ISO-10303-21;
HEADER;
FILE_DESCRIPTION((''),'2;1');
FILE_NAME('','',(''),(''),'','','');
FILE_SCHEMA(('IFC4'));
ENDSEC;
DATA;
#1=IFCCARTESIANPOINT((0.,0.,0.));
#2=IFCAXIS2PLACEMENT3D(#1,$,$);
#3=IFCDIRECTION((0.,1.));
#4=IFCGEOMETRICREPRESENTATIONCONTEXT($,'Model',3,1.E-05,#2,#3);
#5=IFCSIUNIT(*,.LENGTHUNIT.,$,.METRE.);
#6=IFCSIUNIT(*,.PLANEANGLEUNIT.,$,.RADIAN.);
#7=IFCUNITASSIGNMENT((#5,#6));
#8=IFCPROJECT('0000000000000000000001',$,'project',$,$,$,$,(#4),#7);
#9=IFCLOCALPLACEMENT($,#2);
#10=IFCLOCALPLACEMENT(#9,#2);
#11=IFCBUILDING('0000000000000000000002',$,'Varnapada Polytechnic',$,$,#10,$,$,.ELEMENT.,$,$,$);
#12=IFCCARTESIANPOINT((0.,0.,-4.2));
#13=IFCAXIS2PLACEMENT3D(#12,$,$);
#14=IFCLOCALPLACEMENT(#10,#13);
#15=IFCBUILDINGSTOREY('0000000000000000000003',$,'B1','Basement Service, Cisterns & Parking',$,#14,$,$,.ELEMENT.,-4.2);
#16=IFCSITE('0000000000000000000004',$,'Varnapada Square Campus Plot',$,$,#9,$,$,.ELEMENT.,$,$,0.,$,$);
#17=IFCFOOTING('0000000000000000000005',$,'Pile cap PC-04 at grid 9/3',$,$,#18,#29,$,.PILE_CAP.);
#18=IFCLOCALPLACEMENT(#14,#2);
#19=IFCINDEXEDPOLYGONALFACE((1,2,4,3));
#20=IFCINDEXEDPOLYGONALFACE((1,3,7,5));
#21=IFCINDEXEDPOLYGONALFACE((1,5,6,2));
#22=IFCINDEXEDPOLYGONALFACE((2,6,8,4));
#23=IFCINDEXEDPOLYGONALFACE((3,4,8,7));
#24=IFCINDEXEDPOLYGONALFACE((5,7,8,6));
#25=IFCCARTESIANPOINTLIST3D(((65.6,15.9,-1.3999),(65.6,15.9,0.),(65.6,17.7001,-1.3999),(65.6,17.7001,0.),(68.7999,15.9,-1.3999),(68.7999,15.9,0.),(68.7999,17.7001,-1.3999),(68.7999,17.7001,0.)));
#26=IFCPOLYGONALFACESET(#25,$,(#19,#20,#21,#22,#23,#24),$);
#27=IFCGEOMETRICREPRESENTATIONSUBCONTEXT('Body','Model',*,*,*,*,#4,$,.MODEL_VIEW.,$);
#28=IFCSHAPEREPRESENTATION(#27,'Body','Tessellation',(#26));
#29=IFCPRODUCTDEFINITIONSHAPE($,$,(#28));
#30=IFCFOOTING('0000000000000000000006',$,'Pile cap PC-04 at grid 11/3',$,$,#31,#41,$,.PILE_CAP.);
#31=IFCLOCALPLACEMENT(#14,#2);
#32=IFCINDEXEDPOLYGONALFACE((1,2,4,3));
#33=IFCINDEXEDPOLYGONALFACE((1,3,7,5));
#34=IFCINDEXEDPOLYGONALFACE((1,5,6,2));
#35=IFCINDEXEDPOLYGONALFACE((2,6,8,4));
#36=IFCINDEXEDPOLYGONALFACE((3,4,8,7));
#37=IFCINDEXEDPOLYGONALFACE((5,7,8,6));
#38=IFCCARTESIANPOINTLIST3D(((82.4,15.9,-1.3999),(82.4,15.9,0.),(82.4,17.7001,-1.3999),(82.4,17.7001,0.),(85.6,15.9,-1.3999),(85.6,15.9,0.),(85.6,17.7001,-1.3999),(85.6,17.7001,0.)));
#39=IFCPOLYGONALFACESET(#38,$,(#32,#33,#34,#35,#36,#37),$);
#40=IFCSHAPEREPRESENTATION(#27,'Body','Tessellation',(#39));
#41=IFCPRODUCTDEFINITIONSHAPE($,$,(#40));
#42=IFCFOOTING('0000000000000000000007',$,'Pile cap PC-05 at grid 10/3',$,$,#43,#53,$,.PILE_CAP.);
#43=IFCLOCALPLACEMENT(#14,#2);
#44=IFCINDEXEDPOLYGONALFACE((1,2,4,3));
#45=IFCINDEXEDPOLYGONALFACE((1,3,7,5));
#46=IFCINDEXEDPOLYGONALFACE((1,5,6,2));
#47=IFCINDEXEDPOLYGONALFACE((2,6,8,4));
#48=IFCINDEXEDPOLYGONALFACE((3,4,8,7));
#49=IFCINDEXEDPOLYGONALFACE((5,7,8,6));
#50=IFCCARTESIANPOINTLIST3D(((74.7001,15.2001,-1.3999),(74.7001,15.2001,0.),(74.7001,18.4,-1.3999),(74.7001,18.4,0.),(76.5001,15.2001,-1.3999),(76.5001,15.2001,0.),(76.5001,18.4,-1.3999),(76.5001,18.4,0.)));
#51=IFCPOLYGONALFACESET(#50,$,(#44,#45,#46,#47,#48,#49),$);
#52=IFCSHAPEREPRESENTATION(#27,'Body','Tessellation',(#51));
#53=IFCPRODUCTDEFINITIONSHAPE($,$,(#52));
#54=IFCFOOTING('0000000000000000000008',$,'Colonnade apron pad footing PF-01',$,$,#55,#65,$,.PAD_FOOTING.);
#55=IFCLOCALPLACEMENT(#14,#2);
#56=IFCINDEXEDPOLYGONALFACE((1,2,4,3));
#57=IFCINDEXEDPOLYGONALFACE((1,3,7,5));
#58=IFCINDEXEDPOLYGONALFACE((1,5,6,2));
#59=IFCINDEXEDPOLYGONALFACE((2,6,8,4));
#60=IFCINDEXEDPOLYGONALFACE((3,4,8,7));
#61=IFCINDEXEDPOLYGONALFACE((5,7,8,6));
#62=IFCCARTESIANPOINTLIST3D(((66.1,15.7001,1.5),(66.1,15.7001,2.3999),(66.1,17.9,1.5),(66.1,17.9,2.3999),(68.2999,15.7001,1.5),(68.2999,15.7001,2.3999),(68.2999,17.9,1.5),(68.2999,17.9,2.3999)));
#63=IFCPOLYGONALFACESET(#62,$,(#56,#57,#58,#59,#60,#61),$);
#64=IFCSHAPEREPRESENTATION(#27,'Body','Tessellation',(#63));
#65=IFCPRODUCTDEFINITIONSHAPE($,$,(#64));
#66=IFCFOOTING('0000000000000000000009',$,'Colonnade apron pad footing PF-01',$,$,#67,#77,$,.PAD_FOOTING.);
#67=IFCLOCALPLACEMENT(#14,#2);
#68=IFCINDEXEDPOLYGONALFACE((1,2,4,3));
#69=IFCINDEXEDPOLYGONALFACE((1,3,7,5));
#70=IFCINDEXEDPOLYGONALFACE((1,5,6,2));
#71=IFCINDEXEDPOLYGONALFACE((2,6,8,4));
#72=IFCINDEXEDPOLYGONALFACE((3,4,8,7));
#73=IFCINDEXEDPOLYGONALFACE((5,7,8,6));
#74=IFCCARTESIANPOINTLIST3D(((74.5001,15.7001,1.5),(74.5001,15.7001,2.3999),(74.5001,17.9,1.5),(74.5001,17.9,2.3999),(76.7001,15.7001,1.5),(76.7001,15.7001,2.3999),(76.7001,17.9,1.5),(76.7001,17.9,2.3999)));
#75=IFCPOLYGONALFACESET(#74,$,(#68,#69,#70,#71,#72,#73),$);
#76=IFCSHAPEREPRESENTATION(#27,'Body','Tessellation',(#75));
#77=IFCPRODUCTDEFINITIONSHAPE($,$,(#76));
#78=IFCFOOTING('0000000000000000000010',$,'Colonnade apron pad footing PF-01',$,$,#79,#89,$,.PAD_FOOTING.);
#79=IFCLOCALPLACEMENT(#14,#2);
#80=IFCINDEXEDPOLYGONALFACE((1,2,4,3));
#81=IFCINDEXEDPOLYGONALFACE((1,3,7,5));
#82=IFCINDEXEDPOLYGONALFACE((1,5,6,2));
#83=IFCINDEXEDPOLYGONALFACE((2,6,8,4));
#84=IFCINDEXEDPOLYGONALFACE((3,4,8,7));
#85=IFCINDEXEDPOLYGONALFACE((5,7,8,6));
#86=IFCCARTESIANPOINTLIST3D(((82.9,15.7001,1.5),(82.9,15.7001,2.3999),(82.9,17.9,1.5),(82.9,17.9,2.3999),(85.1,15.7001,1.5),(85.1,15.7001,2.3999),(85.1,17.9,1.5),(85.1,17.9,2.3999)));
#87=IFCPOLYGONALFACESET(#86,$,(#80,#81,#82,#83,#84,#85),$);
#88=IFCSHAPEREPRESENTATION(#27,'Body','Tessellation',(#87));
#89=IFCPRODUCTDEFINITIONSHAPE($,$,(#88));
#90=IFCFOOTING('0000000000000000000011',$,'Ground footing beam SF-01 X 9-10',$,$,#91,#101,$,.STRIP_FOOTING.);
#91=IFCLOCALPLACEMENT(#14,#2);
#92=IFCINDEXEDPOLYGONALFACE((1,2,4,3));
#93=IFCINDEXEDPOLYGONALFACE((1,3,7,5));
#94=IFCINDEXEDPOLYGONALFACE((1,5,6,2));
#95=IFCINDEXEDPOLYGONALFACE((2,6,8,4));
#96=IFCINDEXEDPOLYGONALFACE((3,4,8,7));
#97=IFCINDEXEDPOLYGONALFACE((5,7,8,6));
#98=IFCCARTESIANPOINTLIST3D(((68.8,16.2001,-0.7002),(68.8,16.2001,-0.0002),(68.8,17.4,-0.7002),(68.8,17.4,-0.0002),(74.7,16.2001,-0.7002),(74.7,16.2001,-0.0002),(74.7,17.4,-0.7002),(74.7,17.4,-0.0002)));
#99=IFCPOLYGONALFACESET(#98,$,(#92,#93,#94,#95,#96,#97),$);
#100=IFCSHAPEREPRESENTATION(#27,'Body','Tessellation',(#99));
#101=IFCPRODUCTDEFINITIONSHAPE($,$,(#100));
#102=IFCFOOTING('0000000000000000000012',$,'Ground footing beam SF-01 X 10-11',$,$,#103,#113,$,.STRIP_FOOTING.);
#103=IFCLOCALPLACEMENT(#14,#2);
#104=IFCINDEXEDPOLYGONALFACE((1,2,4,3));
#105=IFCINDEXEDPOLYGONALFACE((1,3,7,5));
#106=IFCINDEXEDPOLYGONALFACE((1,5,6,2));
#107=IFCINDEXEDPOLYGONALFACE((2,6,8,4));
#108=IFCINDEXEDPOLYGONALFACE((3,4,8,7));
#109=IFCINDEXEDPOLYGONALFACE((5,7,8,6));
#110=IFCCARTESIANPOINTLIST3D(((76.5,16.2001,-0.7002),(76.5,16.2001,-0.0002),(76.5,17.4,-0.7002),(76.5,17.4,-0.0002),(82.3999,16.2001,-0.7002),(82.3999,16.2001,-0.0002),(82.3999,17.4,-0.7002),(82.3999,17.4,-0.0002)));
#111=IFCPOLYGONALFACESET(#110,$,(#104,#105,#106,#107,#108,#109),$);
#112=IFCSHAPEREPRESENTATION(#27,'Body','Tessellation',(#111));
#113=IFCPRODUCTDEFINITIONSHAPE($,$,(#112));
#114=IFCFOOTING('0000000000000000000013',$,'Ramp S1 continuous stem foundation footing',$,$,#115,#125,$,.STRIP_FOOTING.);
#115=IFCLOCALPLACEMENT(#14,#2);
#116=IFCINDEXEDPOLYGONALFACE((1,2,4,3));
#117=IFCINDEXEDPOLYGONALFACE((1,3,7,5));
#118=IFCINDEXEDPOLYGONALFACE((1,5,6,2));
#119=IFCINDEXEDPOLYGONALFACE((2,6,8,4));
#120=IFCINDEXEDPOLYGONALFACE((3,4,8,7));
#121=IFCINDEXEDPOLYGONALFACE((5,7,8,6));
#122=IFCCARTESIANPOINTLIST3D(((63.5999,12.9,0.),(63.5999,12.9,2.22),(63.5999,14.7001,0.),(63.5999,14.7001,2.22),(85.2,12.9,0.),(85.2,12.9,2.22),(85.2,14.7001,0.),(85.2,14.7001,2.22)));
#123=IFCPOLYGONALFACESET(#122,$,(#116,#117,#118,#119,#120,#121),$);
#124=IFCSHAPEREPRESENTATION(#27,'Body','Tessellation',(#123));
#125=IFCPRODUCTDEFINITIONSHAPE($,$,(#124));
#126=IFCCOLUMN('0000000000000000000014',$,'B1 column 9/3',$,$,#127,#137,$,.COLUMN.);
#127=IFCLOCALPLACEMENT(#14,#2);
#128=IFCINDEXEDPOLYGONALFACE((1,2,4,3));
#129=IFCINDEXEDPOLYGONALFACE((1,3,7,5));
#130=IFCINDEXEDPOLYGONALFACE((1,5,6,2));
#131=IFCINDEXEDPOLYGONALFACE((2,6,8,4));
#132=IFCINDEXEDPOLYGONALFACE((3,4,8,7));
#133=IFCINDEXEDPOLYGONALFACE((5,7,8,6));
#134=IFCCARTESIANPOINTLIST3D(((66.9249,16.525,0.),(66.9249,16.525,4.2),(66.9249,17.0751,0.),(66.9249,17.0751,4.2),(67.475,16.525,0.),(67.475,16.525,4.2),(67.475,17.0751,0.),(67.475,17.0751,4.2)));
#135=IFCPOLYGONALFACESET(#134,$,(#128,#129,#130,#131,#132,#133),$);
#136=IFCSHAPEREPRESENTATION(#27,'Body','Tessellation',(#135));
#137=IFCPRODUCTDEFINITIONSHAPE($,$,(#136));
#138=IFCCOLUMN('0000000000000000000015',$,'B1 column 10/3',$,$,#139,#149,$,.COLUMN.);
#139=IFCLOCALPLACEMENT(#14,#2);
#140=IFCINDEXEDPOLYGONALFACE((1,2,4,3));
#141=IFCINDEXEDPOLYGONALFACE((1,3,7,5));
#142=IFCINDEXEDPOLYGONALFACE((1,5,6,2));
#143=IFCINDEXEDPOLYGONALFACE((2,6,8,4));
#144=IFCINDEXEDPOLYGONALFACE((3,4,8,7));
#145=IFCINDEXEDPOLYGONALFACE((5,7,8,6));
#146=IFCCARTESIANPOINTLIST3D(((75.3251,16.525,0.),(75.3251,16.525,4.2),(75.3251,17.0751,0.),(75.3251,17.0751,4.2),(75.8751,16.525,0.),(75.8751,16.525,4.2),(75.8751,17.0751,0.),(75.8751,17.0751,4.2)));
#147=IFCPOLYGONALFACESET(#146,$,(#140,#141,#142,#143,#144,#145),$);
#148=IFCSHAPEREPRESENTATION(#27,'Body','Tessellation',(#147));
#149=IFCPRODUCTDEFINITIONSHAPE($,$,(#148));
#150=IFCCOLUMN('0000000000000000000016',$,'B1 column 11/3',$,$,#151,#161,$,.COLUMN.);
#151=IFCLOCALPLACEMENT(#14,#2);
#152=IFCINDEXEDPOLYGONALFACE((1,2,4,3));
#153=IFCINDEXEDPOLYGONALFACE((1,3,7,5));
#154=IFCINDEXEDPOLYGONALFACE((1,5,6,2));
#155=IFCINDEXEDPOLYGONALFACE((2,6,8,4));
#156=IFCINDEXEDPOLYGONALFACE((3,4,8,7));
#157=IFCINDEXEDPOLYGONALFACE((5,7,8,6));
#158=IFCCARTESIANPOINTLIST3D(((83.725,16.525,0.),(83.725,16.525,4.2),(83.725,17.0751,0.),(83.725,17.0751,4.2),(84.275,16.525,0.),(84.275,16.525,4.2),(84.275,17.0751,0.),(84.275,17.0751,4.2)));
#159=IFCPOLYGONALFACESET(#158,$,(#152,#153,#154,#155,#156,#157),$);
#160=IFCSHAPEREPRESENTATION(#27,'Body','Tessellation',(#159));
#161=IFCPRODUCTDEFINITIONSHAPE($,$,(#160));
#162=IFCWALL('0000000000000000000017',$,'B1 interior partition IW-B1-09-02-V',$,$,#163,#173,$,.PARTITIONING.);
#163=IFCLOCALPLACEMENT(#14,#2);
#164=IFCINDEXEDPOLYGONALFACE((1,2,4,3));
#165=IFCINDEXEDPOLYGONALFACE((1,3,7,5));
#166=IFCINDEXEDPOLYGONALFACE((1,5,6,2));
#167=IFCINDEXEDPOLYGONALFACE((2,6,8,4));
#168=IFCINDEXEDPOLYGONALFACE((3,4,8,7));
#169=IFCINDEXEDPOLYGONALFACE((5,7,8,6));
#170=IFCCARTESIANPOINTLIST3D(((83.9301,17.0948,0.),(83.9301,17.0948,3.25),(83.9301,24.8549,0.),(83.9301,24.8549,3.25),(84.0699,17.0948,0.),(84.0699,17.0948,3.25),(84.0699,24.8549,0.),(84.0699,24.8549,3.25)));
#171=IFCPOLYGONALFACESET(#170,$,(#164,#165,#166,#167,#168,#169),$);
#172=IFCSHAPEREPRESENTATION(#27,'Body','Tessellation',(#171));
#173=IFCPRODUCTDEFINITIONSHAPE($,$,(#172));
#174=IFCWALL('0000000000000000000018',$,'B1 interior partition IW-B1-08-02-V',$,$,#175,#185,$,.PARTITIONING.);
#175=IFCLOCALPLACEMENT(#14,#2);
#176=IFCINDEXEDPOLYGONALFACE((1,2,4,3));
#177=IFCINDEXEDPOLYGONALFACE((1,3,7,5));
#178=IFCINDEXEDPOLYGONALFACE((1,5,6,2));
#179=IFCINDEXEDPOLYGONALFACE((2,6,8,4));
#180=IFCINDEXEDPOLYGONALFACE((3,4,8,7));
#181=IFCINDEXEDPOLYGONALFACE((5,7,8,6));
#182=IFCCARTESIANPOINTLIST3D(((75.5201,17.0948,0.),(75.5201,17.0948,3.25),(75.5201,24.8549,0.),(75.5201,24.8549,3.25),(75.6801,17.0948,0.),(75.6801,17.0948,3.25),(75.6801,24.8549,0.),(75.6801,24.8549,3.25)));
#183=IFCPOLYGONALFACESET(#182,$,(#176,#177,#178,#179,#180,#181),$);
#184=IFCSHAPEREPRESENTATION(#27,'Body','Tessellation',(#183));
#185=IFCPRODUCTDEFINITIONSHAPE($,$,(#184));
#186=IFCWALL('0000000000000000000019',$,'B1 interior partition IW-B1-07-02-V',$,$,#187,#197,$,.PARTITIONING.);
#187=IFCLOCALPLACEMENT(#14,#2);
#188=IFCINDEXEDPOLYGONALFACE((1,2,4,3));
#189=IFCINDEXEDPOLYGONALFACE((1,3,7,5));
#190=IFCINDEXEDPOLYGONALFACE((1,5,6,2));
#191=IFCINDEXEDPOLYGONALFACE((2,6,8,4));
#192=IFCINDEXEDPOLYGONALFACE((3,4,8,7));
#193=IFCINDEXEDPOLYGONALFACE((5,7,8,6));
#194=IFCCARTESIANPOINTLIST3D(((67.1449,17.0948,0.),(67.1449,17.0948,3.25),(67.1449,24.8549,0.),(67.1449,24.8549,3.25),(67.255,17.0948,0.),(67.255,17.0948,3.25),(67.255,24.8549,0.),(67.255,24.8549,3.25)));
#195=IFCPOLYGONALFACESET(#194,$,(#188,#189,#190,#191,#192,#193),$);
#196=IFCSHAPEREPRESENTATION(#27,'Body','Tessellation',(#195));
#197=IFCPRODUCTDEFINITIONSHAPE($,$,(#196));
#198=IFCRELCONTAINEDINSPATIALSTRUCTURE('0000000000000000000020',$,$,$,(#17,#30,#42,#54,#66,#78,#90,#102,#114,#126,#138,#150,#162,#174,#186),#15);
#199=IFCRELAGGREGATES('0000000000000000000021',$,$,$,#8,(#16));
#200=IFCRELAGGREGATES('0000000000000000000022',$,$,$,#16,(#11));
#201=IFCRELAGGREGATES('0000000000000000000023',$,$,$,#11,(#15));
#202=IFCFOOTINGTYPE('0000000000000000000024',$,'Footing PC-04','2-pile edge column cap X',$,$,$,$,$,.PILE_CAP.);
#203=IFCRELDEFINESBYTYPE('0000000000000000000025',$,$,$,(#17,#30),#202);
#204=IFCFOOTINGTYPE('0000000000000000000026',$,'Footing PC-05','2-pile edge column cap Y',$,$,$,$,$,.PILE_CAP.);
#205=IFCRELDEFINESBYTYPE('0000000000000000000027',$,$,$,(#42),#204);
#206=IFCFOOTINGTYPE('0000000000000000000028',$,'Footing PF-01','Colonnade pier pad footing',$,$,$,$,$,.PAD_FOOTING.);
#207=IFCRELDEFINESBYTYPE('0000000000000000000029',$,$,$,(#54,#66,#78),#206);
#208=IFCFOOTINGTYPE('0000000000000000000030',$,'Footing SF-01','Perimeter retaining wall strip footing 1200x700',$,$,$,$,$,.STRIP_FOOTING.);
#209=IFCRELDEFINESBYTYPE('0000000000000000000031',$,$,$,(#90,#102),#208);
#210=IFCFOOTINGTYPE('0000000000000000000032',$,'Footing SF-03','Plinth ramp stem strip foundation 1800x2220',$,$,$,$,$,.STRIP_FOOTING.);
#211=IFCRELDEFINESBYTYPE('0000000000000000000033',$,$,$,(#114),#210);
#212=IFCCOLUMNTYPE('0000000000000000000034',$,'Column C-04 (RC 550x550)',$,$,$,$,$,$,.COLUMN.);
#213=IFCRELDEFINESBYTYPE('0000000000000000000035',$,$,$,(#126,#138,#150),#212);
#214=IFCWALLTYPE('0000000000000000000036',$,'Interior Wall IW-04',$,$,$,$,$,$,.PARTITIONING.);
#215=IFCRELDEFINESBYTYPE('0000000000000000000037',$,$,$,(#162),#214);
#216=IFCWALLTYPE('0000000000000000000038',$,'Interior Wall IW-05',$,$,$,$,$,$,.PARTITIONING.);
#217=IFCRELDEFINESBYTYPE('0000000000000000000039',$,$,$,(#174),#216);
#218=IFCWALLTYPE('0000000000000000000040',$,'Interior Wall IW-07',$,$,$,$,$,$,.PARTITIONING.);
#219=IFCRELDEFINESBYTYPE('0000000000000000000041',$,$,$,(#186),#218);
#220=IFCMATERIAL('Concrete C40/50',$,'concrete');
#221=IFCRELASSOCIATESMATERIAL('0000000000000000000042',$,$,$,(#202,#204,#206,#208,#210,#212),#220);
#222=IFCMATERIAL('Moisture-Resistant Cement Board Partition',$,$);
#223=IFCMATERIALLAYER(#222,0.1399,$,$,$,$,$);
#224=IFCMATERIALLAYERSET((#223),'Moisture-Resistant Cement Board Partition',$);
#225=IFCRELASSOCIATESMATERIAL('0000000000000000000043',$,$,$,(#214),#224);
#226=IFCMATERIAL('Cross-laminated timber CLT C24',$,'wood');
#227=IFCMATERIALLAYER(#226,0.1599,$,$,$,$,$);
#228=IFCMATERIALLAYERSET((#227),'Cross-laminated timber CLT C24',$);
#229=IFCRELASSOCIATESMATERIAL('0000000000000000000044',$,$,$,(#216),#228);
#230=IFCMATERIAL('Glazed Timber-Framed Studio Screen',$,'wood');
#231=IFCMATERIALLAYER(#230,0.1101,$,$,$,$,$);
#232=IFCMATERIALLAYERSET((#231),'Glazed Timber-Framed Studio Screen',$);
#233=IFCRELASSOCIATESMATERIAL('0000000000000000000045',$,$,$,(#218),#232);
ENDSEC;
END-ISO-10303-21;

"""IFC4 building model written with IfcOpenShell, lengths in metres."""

from ifc_helpers import new_model, si_unit, direction, frame, frame_2d, origin, origin_2d, place, context, subcontext, project, spatial, rectangle, extrude, material, layer, layer_set, material_profile, profile_set, type_object, element, save


model = new_model("IFC4")

# Units and contexts
model_context = context("Model", 3, precision=1e-05, world=origin(), true_north=direction((0.0, 1.0)))
body_context = subcontext(model_context, "Body", "Model", "MODEL_VIEW")
ifc_project = project(units=[si_unit("LENGTHUNIT", "METRE"), si_unit("PLANEANGLEUNIT", "RADIAN")], contexts=[model_context])

# Site, building, storey
site_placement = place(None, origin())
site = spatial("IfcSite", under=ifc_project, at=site_placement, Name="Varnapada Square Campus Plot", CompositionType="ELEMENT", RefElevation=0.0)
building_placement = place(site_placement, origin())
building = spatial("IfcBuilding", under=site, at=building_placement, Name="Varnapada Polytechnic", CompositionType="ELEMENT")
storey_placement = place(building_placement, frame((0.0, 0.0, -4.2)))
storey = spatial("IfcBuildingStorey", under=building, at=storey_placement, Name="B1", Description="Basement Service, Cisterns & Parking", CompositionType="ELEMENT", Elevation=-4.2)

# Shared definitions
ifc_material_1 = material(Name="Concrete C40/50", Category="concrete")

# Footings
footing_type_1 = type_object("IfcFootingType", Name="Footing PC-04", Description="2-pile edge column cap X", PredefinedType="PILE_CAP", material=ifc_material_1)
for number, where, z_axis, x_axis, name in (
    (1, (67.2, 16.8, -1.3999), (0.0, 0.0, 1.0), (1.0, 0.0, 0.0), "Pile cap PC-04 at grid 9/3"),
    (2, (84.0, 16.8, -1.3999), (0.0, 0.0, 1.0), (1.0, 0.0, 0.0), "Pile cap PC-04 at grid 11/3"),
):
    element("IfcFooting", number, at=place(storey_placement, frame(where, z_axis=z_axis, x_axis=x_axis)), inside=storey, type_object=footing_type_1, Name=name, PredefinedType="PILE_CAP", context=body_context, shape_type="SweptSolid", body=[
        extrude(rectangle(XDim=3.2, YDim=1.8, at=origin_2d()), origin(), (0.0, 0.0, 1.0), 1.3999),
    ])
footing_type_2 = type_object("IfcFootingType", Name="Footing PC-05", Description="2-pile edge column cap Y", PredefinedType="PILE_CAP", material=ifc_material_1)
footing_1_placement = place(storey_placement, frame((75.6001, 16.8, -1.3999), z_axis=(0.0, 0.0, 1.0), x_axis=(1.0, 0.0, 0.0)))
element("IfcFooting", 3, at=footing_1_placement, inside=storey, type_object=footing_type_2, Name="Pile cap PC-05 at grid 10/3", PredefinedType="PILE_CAP", context=body_context, shape_type="SweptSolid", body=[
    extrude(rectangle(XDim=1.8, YDim=3.2, at=origin_2d()), origin(), (0.0, 0.0, 1.0), 1.3999),
])
footing_type_3 = type_object("IfcFootingType", Name="Footing PF-01", Description="Colonnade pier pad footing", PredefinedType="PAD_FOOTING", material=ifc_material_1)
for number, where, z_axis, x_axis, name in (
    (4, (67.2, 16.8, 1.5), (0.0, 0.0, 1.0), (1.0, 0.0, 0.0), "Colonnade apron pad footing PF-01"),
    (5, (75.6001, 16.8, 1.5), (0.0, 0.0, 1.0), (1.0, 0.0, 0.0), "Colonnade apron pad footing PF-01"),
    (6, (84.0, 16.8, 1.5), (0.0, 0.0, 1.0), (1.0, 0.0, 0.0), "Colonnade apron pad footing PF-01"),
):
    element("IfcFooting", number, at=place(storey_placement, frame(where, z_axis=z_axis, x_axis=x_axis)), inside=storey, type_object=footing_type_3, Name=name, PredefinedType="PAD_FOOTING", context=body_context, shape_type="SweptSolid", body=[
        extrude(rectangle(XDim=2.2, YDim=2.2, at=origin_2d()), origin(), (0.0, 0.0, 1.0), 0.8999),
    ])
footing_type_4 = type_object("IfcFootingType", Name="Footing SF-01", Description="Perimeter retaining wall strip footing 1200x700", PredefinedType="STRIP_FOOTING", material=ifc_material_1)
for number, where, z_axis, x_axis, name in (
    (7, (71.75, 16.8, -0.7002), (0.0, 0.0, 1.0), (1.0, 0.0, 0.0), "Ground footing beam SF-01 X 9-10"),
    (8, (79.45, 16.8, -0.7002), (0.0, 0.0, 1.0), (1.0, 0.0, 0.0), "Ground footing beam SF-01 X 10-11"),
):
    element("IfcFooting", number, at=place(storey_placement, frame(where, z_axis=z_axis, x_axis=x_axis)), inside=storey, type_object=footing_type_4, Name=name, PredefinedType="STRIP_FOOTING", context=body_context, shape_type="SweptSolid", body=[
        extrude(rectangle(XDim=5.8999, YDim=1.2, at=origin_2d()), origin(), (0.0, 0.0, 1.0), 0.7),
    ])
footing_type_5 = type_object("IfcFootingType", Name="Footing SF-03", Description="Plinth ramp stem strip foundation 1800x2220", PredefinedType="STRIP_FOOTING", material=ifc_material_1)
footing_2_placement = place(storey_placement, frame((74.3999, 13.8, 0.0), z_axis=(0.0, 0.0, 1.0), x_axis=(1.0, 0.0, 0.0)))
element("IfcFooting", 9, at=footing_2_placement, inside=storey, type_object=footing_type_5, Name="Ramp S1 continuous stem foundation footing", PredefinedType="STRIP_FOOTING", context=body_context, shape_type="SweptSolid", body=[
    extrude(rectangle(XDim=21.6001, YDim=1.8, at=origin_2d()), origin(), (0.0, 0.0, 1.0), 2.22),
])

# Columns
ifc_material_profile_1 = material_profile(ifc_material_1, rectangle(XDim=0.55, YDim=0.55, at=origin_2d()), Name="RC 550x550")
ifc_profile_set_1 = profile_set([ifc_material_profile_1], Name="Concrete C40/50")
column_type = type_object("IfcColumnType", Name="Column C-04 (RC 550x550)", PredefinedType="COLUMN", material=ifc_profile_set_1)
for number, where, z_axis, x_axis, name in (
    (10, (67.2, 16.8, 0.0), (0.0, 0.0, 1.0), (1.0, 0.0, 0.0), "B1 column 9/3"),
    (11, (75.6001, 16.8, 0.0), (0.0, 0.0, 1.0), (1.0, 0.0, 0.0), "B1 column 10/3"),
    (12, (84.0, 16.8, 0.0), (0.0, 0.0, 1.0), (1.0, 0.0, 0.0), "B1 column 11/3"),
):
    element("IfcColumn", number, at=place(storey_placement, frame(where, z_axis=z_axis, x_axis=x_axis)), inside=storey, type_object=column_type, Name=name, PredefinedType="COLUMN", context=body_context, shape_type="SweptSolid", body=[
        extrude(rectangle(XDim=0.55, YDim=0.55, at=origin_2d()), origin(), (0.0, 0.0, 1.0), 4.2),
    ])

# Walls
ifc_material_2 = material(Name="Moisture-Resistant Cement Board Partition")
ifc_layer_1 = layer(ifc_material_2, 0.1399)
ifc_layer_set_1 = layer_set([ifc_layer_1], Name="Moisture-Resistant Cement Board Partition")
wall_type_1 = type_object("IfcWallType", Name="Interior Wall IW-04", PredefinedType="PARTITIONING", material=ifc_layer_set_1)
wall_1_placement = place(storey_placement, frame((84.0, 17.095, 0.0), z_axis=(0.0, 0.0, 1.0), x_axis=(0.0, 1.0, 0.0)))
element("IfcWall", 13, at=wall_1_placement, inside=storey, type_object=wall_type_1, Name="B1 interior partition IW-B1-09-02-V", PredefinedType="PARTITIONING", context=body_context, shape_type="SweptSolid", body=[
    extrude(rectangle(XDim=7.76, YDim=0.1399, at=frame_2d((3.8799, 0.0))), origin(), (0.0, 0.0, 1.0), 3.25),
])
ifc_material_3 = material(Name="Cross-laminated timber CLT C24", Category="wood")
ifc_layer_2 = layer(ifc_material_3, 0.1599)
ifc_layer_set_2 = layer_set([ifc_layer_2], Name="Cross-laminated timber CLT C24")
wall_type_2 = type_object("IfcWallType", Name="Interior Wall IW-05", PredefinedType="PARTITIONING", material=ifc_layer_set_2)
wall_2_placement = place(storey_placement, frame((75.6001, 17.095, 0.0), z_axis=(0.0, 0.0, 1.0), x_axis=(0.0, 1.0, 0.0)))
element("IfcWall", 14, at=wall_2_placement, inside=storey, type_object=wall_type_2, Name="B1 interior partition IW-B1-08-02-V", PredefinedType="PARTITIONING", context=body_context, shape_type="SweptSolid", body=[
    extrude(rectangle(XDim=7.76, YDim=0.1599, at=frame_2d((3.8799, 0.0))), origin(), (0.0, 0.0, 1.0), 3.25),
])
ifc_material_4 = material(Name="Glazed Timber-Framed Studio Screen", Category="wood")
ifc_layer_3 = layer(ifc_material_4, 0.1101)
ifc_layer_set_3 = layer_set([ifc_layer_3], Name="Glazed Timber-Framed Studio Screen")
wall_type_3 = type_object("IfcWallType", Name="Interior Wall IW-07", PredefinedType="PARTITIONING", material=ifc_layer_set_3)
wall_3_placement = place(storey_placement, frame((67.2, 17.095, 0.0), z_axis=(0.0, 0.0, 1.0), x_axis=(0.0, 1.0, 0.0)))
element("IfcWall", 15, at=wall_3_placement, inside=storey, type_object=wall_type_3, Name="B1 interior partition IW-B1-07-02-V", PredefinedType="PARTITIONING", context=body_context, shape_type="SweptSolid", body=[
    extrude(rectangle(XDim=7.76, YDim=0.1101, at=frame_2d((3.8799, 0.0))), origin(), (0.0, 0.0, 1.0), 3.25),
])

save(model, "model.ifc")
